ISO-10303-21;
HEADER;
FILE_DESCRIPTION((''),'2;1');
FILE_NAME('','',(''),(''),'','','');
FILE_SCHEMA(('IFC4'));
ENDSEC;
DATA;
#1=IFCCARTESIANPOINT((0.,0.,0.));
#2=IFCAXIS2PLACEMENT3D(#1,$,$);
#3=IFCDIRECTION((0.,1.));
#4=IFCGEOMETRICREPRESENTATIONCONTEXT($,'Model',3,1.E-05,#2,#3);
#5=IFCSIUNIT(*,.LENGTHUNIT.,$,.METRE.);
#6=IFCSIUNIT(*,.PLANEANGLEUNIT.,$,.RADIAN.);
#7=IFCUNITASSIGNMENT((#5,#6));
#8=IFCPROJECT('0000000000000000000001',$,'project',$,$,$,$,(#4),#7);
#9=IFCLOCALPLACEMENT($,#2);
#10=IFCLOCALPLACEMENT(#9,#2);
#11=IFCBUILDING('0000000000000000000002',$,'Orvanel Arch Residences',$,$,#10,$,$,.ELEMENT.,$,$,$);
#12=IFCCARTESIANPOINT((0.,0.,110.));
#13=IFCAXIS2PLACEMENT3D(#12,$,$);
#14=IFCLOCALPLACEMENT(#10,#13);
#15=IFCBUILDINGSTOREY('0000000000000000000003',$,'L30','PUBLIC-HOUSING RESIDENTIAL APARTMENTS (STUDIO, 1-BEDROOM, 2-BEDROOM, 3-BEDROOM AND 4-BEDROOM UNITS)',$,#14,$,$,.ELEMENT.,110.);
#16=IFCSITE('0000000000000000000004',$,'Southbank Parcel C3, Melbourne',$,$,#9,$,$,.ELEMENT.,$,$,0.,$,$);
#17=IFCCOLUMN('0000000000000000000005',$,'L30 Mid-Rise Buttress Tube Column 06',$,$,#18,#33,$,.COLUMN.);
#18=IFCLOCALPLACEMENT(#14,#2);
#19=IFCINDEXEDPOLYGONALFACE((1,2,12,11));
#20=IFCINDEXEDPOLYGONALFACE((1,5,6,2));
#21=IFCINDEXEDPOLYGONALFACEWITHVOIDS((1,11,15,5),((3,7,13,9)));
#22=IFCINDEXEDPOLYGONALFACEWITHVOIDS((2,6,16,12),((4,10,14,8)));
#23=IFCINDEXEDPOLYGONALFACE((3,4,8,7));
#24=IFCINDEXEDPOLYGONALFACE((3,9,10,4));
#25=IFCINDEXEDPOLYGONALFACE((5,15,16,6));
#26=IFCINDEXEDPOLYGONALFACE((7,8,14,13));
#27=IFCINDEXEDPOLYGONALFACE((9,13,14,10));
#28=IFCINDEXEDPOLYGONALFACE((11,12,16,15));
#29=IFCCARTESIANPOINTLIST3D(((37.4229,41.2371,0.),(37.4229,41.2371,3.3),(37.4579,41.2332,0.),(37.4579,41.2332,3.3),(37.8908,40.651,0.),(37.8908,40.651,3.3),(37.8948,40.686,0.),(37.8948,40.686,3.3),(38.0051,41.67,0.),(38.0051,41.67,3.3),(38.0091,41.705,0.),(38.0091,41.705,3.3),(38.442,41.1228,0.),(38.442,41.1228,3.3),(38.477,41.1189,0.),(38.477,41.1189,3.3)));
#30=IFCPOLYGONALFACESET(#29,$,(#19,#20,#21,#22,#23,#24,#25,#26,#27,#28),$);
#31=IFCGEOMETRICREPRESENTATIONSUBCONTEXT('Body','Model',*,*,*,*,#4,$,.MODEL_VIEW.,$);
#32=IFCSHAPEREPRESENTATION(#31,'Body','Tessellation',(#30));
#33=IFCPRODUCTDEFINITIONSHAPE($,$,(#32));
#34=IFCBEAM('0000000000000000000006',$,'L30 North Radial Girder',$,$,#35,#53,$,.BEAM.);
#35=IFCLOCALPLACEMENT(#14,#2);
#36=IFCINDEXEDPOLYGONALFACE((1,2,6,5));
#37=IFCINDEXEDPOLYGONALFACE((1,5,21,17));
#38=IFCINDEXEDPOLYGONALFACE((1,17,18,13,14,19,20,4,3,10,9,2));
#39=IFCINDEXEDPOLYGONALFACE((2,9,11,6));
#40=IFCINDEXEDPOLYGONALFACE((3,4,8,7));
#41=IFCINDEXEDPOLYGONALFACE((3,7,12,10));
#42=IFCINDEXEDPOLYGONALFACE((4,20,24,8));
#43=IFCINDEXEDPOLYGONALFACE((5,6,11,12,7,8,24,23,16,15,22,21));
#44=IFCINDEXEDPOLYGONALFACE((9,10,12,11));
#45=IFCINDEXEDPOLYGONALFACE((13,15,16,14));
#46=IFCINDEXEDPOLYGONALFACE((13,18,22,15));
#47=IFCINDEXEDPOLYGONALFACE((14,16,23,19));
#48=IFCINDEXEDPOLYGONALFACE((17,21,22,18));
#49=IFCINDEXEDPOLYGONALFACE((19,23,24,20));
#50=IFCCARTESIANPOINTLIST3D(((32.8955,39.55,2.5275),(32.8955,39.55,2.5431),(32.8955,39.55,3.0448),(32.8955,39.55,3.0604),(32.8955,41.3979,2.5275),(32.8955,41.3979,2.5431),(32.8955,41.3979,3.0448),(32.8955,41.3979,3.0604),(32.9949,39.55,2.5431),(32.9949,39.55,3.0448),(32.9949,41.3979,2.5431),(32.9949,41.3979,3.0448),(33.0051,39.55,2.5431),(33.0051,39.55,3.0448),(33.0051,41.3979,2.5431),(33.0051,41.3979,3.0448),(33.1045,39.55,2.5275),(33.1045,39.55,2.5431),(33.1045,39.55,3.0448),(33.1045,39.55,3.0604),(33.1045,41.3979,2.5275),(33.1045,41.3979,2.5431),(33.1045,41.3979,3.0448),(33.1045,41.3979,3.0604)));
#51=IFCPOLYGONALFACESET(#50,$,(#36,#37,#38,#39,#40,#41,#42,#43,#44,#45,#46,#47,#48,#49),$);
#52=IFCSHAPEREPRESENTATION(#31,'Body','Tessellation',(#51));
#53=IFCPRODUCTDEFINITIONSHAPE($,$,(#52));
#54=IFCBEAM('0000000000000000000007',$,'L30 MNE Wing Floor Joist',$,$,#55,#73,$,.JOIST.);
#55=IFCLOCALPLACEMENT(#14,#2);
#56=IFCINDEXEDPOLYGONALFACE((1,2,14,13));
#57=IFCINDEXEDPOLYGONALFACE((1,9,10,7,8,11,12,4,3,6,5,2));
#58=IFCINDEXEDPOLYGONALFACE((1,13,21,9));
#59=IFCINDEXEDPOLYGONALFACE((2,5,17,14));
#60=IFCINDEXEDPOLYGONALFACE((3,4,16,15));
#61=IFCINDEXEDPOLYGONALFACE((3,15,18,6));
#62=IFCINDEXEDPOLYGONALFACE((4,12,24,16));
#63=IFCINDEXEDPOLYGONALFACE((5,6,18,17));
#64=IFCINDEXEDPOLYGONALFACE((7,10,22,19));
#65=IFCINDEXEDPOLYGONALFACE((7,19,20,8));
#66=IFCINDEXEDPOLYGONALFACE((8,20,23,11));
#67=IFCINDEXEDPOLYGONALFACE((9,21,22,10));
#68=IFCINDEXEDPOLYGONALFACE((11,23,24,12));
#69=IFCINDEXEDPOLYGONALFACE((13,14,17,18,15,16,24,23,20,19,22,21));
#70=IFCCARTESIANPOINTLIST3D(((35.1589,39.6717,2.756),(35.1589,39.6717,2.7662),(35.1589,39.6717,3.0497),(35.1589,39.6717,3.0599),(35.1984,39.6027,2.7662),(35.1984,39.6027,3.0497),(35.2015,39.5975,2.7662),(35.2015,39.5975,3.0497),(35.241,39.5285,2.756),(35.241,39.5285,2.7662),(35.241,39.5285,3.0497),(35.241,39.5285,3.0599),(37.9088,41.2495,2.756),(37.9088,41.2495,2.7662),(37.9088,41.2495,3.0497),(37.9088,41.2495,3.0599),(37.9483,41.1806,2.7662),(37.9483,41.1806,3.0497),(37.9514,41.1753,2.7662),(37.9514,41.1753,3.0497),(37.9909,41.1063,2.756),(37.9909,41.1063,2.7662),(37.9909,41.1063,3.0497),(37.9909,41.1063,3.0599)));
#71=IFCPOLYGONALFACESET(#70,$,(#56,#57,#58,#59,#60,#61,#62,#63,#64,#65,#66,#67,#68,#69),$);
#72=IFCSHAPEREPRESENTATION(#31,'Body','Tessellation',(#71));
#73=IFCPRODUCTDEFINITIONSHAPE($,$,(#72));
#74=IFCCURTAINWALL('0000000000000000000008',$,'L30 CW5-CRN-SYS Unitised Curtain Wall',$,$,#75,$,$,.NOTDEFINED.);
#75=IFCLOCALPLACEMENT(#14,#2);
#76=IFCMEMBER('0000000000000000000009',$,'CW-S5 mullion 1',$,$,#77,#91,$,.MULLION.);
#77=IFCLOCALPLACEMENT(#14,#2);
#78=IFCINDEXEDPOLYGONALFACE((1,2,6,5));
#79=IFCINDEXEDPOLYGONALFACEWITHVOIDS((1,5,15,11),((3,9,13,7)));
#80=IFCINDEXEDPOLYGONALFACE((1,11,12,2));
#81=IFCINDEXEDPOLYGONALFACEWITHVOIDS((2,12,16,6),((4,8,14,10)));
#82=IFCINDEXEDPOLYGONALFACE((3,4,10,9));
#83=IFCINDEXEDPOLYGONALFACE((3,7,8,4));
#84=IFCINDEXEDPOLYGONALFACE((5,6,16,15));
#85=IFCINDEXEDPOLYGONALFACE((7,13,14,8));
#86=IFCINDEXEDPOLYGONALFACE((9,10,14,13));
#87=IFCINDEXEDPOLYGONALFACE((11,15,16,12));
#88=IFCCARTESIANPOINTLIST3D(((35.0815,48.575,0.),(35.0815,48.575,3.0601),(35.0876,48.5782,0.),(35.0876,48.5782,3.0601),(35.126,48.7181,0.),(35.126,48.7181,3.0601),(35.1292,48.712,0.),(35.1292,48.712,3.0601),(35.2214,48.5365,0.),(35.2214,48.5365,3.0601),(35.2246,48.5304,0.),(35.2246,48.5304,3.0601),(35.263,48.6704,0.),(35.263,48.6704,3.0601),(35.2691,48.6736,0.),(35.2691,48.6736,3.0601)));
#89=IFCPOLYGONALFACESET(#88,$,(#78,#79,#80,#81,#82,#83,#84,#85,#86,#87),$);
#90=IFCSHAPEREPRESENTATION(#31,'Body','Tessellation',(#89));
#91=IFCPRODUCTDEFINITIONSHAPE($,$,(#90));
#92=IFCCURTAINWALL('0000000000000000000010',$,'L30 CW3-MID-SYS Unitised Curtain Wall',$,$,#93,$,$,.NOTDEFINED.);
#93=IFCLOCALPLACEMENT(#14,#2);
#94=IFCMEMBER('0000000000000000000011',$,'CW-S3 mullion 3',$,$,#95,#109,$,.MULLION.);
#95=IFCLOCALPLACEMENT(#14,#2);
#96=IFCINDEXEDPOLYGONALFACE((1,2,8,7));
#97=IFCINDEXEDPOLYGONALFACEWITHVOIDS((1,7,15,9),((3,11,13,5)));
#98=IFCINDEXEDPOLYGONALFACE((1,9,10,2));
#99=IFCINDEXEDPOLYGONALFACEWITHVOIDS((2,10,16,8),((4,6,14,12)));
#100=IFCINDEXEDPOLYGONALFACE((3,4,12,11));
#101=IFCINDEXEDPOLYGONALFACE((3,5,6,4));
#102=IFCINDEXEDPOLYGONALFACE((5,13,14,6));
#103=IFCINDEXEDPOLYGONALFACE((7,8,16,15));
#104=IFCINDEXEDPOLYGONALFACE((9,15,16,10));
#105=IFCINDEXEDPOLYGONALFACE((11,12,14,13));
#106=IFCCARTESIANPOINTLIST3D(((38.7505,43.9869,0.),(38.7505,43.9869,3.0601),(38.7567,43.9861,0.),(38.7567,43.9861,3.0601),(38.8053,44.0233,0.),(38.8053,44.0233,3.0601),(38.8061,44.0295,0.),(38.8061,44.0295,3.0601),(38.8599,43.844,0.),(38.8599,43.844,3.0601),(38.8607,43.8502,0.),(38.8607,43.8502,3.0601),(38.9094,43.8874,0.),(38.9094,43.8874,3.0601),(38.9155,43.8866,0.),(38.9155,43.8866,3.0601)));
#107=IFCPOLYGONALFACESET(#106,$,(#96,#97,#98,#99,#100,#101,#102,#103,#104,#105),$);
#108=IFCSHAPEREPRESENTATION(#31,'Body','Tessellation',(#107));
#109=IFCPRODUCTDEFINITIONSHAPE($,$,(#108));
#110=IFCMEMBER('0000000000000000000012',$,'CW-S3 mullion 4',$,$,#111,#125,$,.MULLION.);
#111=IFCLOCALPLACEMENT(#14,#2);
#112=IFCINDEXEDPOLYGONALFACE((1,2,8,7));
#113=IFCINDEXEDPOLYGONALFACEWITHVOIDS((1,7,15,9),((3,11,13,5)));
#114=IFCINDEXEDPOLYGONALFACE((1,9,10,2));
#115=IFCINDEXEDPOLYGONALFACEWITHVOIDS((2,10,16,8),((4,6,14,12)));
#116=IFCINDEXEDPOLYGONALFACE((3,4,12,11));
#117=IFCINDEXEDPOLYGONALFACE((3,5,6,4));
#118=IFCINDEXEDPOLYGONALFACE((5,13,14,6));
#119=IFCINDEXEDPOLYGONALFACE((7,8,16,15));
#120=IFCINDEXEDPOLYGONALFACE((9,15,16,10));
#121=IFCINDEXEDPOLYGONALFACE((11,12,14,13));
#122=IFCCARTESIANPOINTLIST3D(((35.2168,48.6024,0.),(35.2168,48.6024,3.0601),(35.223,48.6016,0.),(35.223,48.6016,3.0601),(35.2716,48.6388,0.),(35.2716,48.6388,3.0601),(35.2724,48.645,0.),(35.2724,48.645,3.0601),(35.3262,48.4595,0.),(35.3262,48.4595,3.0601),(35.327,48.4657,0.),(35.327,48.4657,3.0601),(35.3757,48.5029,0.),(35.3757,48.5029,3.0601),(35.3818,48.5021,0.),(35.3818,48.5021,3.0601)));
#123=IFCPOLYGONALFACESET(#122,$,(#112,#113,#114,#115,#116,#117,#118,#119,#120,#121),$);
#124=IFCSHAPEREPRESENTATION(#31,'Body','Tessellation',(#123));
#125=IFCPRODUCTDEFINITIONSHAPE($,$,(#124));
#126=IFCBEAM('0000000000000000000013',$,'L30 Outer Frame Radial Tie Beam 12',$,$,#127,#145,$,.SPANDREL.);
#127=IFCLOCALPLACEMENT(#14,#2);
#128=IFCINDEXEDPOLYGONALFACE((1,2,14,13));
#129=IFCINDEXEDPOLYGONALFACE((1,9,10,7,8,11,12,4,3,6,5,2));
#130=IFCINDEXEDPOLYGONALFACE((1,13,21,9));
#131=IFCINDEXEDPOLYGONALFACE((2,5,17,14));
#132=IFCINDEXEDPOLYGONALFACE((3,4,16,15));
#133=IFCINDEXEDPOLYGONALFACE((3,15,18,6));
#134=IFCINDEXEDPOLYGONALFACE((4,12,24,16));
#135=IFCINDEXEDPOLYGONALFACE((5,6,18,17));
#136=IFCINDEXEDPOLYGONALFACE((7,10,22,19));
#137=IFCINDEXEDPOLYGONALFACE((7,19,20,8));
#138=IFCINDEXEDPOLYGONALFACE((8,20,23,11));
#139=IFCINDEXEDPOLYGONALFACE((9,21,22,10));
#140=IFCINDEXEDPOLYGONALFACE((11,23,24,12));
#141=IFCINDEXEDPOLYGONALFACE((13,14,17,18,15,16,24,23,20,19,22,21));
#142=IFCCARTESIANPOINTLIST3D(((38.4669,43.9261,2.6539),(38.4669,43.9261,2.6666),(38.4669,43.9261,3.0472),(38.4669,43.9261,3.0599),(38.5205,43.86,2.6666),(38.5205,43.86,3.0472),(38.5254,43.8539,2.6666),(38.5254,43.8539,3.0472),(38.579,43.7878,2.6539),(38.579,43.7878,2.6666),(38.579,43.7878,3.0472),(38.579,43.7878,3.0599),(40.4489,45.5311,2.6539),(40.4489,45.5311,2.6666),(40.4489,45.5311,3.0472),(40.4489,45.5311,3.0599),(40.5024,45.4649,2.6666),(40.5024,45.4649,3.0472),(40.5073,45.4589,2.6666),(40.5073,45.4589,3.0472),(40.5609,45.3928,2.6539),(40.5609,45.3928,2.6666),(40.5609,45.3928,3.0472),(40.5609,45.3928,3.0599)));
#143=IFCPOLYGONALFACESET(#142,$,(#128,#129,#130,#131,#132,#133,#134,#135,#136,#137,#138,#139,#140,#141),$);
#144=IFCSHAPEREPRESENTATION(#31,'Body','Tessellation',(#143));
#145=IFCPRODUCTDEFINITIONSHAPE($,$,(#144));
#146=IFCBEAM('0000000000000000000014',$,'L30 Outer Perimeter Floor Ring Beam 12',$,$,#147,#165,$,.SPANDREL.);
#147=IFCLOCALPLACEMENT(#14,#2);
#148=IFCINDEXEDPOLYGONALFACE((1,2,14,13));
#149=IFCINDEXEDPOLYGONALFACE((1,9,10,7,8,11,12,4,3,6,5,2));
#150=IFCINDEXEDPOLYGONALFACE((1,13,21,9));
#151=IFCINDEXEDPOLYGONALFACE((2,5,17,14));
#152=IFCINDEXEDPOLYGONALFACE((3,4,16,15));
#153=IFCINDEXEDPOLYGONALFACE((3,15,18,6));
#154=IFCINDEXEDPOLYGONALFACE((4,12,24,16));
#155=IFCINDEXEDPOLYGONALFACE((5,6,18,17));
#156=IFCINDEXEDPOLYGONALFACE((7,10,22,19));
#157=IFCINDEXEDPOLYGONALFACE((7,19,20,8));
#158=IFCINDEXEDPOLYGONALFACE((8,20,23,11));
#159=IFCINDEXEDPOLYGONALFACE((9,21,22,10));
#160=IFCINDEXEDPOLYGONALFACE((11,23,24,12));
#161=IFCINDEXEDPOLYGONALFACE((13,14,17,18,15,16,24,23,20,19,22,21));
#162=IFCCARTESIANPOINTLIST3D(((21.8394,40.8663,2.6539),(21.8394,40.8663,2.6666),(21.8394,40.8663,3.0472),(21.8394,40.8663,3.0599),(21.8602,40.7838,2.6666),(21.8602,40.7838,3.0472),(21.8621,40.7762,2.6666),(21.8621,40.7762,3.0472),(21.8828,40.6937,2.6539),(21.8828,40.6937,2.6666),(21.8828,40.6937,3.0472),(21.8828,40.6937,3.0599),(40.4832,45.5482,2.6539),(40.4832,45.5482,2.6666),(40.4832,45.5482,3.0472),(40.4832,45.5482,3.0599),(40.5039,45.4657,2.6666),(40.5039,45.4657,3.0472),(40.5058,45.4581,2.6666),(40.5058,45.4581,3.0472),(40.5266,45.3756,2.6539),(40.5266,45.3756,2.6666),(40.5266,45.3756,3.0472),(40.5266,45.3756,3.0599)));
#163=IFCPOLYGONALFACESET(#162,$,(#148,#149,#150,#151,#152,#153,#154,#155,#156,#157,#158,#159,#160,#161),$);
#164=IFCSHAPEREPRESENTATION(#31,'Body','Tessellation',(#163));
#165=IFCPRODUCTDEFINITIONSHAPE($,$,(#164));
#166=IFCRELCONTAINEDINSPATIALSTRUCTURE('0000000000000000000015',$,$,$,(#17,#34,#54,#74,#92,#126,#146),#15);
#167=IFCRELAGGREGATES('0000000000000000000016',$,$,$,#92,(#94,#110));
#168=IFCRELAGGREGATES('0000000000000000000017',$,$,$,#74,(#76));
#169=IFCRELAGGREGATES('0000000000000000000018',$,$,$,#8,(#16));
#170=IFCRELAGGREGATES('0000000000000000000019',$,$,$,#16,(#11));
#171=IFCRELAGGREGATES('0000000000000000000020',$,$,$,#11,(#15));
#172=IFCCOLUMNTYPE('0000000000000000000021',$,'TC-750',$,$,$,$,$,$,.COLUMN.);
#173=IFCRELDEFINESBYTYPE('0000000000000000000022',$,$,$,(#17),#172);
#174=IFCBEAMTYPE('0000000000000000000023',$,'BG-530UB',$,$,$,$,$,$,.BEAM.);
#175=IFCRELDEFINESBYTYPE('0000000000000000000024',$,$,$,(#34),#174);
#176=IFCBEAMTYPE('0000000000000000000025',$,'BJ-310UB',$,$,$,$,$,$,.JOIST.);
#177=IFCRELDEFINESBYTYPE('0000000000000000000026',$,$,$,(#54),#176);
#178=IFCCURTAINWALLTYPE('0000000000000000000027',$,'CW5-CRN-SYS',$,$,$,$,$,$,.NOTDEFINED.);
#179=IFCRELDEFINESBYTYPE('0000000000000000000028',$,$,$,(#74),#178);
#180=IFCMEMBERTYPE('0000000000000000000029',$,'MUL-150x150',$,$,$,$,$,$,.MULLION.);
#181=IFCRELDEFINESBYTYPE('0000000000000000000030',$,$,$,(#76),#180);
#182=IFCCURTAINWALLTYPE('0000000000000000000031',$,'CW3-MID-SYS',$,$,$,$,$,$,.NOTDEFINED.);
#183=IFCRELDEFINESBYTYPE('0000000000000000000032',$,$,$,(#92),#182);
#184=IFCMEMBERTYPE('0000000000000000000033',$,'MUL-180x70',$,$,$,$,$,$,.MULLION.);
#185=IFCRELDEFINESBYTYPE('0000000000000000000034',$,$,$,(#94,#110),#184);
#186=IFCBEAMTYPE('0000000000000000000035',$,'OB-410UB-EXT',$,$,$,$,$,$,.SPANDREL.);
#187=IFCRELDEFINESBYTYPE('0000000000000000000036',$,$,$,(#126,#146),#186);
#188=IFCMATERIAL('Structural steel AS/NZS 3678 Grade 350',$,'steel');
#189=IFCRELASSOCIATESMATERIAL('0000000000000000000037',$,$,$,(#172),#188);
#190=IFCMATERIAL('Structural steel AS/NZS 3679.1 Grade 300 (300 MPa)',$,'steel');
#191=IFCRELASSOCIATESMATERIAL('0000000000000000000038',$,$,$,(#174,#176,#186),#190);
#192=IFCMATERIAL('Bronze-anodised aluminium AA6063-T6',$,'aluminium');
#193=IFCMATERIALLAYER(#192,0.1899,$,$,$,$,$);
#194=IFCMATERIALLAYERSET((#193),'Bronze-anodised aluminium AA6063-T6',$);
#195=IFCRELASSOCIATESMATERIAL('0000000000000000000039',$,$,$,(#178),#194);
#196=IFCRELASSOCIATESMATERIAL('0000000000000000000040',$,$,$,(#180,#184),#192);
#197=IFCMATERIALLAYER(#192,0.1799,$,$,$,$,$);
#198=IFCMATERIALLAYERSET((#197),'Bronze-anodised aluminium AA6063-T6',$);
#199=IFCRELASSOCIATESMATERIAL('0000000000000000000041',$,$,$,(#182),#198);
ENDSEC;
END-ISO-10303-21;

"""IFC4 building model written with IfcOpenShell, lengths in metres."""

from ifc_helpers import new_model, si_unit, direction, frame, origin, origin_2d, place, context, subcontext, project, spatial, hollow_rectangle, i_section, extrude, material, layer, layer_set, material_profile, profile_set, type_object, element, aggregate, save


model = new_model("IFC4")

# Units and contexts
model_context = context("Model", 3, precision=1e-05, world=origin(), true_north=direction((0.0, 1.0)))
body_context = subcontext(model_context, "Body", "Model", "MODEL_VIEW")
ifc_project = project(units=[si_unit("LENGTHUNIT", "METRE"), si_unit("PLANEANGLEUNIT", "RADIAN")], contexts=[model_context])

# Site, building, storey
site_placement = place(None, origin())
site = spatial("IfcSite", under=ifc_project, at=site_placement, Name="Southbank Parcel C3, Melbourne", CompositionType="ELEMENT", RefElevation=0.0)
building_placement = place(site_placement, origin())
building = spatial("IfcBuilding", under=site, at=building_placement, Name="Orvanel Arch Residences", CompositionType="ELEMENT")
storey_placement = place(building_placement, frame((0.0, 0.0, 110.0)))
storey = spatial("IfcBuildingStorey", under=building, at=storey_placement, Name="L30", Description="PUBLIC-HOUSING RESIDENTIAL APARTMENTS (STUDIO, 1-BEDROOM, 2-BEDROOM, 3-BEDROOM AND 4-BEDROOM UNITS)", CompositionType="ELEMENT", Elevation=110.0)

# Column
ifc_material_1 = material(Name="Structural steel AS/NZS 3678 Grade 350", Category="steel")
ifc_material_profile_1 = material_profile(ifc_material_1, hollow_rectangle(XDim=0.75, YDim=0.75, WallThickness=0.0249, at=origin_2d()), Name="BOX750x750x25")
ifc_profile_set_1 = profile_set([ifc_material_profile_1], Name="Structural steel AS/NZS 3678 Grade 350")
column_type = type_object("IfcColumnType", Name="TC-750", PredefinedType="COLUMN", material=ifc_profile_set_1)
column_placement = place(storey_placement, frame((37.95, 41.178, 0.0), z_axis=(0.0, 0.0, 1.0), x_axis=(-0.62388, 0.78152, 0.0)))
element("IfcColumn", 1, at=column_placement, inside=storey, type_object=column_type, Name="L30 Mid-Rise Buttress Tube Column 06", PredefinedType="COLUMN", context=body_context, shape_type="SweptSolid", body=[
    extrude(hollow_rectangle(XDim=0.75, YDim=0.75, WallThickness=0.0249, at=origin_2d()), origin(), (0.0, 0.0, 1.0), 3.3),
])

# Beams
ifc_material_2 = material(Name="Structural steel AS/NZS 3679.1 Grade 300 (300 MPa)", Category="steel")
ifc_material_profile_2 = material_profile(ifc_material_2, i_section(OverallWidth=0.209, OverallDepth=0.533, WebThickness=0.0103, FlangeThickness=0.0156, at=origin_2d()), Name="530UB92.4")
ifc_profile_set_2 = profile_set([ifc_material_profile_2], Name="Structural steel AS/NZS 3679.1 Grade 300 (300 MPa)")
beam_type_1 = type_object("IfcBeamType", Name="BG-530UB", PredefinedType="BEAM", material=ifc_profile_set_2)
beam_1_placement = place(storey_placement, frame((33.0, 39.55, 2.7939), z_axis=(0.0, 1.0, 0.0), x_axis=(-1.0, 0.0, 0.0)))
element("IfcBeam", 2, at=beam_1_placement, inside=storey, type_object=beam_type_1, Name="L30 North Radial Girder", PredefinedType="BEAM", context=body_context, shape_type="SweptSolid", body=[
    extrude(i_section(OverallWidth=0.209, OverallDepth=0.533, WebThickness=0.0103, FlangeThickness=0.0156, at=origin_2d()), origin(), (0.0, 0.0, 1.0), 1.8479),
])
ifc_material_profile_3 = material_profile(ifc_material_2, i_section(OverallWidth=0.165, OverallDepth=0.304, WebThickness=0.0061, FlangeThickness=0.0103, at=origin_2d()), Name="310UB40.4")
ifc_profile_set_3 = profile_set([ifc_material_profile_3], Name="Structural steel AS/NZS 3679.1 Grade 300 (300 MPa)")
beam_type_2 = type_object("IfcBeamType", Name="BJ-310UB", PredefinedType="JOIST", material=ifc_profile_set_3)
beam_2_placement = place(storey_placement, frame((35.2, 39.6001, 2.908), z_axis=(0.867365, 0.497672, 0.0), x_axis=(-0.497672, 0.867365, 0.0)))
element("IfcBeam", 3, at=beam_2_placement, inside=storey, type_object=beam_type_2, Name="L30 MNE Wing Floor Joist", PredefinedType="JOIST", context=body_context, shape_type="SweptSolid", body=[
    extrude(i_section(OverallWidth=0.165, OverallDepth=0.304, WebThickness=0.0061, FlangeThickness=0.0103, at=origin_2d()), origin(), (0.0, 0.0, 1.0), 3.1704),
])

# Curtain wall, member
ifc_material_3 = material(Name="Bronze-anodised aluminium AA6063-T6", Category="aluminium")
ifc_layer_1 = layer(ifc_material_3, 0.1899)
ifc_layer_set_1 = layer_set([ifc_layer_1], Name="Bronze-anodised aluminium AA6063-T6")
curtain_wall_type_1 = type_object("IfcCurtainWallType", Name="CW5-CRN-SYS", PredefinedType="NOTDEFINED", material=ifc_layer_set_1)
curtain_wall_1_placement = place(storey_placement, origin())
curtain_wall_1 = element("IfcCurtainWall", 4, at=curtain_wall_1_placement, inside=storey, type_object=curtain_wall_type_1, Name="L30 CW5-CRN-SYS Unitised Curtain Wall", PredefinedType="NOTDEFINED")
ifc_material_profile_4 = material_profile(ifc_material_3, hollow_rectangle(XDim=0.1499, YDim=0.1499, WallThickness=0.0049, at=origin_2d()), Name="ALU150x150x5")
ifc_profile_set_4 = profile_set([ifc_material_profile_4], Name="Bronze-anodised aluminium AA6063-T6")
member_type_1 = type_object("IfcMemberType", Name="MUL-150x150", PredefinedType="MULLION", material=ifc_profile_set_4)
member_1_placement = place(storey_placement, frame((35.1753, 48.6243, 0.0), z_axis=(0.0, 0.0, 1.0), x_axis=(-0.297054, -0.954861, 0.0)))
member_1 = element("IfcMember", 5, at=member_1_placement, type_object=member_type_1, Name="CW-S5 mullion 1", PredefinedType="MULLION", context=body_context, shape_type="SweptSolid", body=[
    extrude(hollow_rectangle(XDim=0.1499, YDim=0.1499, WallThickness=0.0049, at=origin_2d()), origin(), (0.0, 0.0, 1.0), 3.0601),
])

# Curtain wall, members
ifc_layer_2 = layer(ifc_material_3, 0.1799)
ifc_layer_set_2 = layer_set([ifc_layer_2], Name="Bronze-anodised aluminium AA6063-T6")
curtain_wall_type_2 = type_object("IfcCurtainWallType", Name="CW3-MID-SYS", PredefinedType="NOTDEFINED", material=ifc_layer_set_2)
curtain_wall_2_placement = place(storey_placement, origin())
curtain_wall_2 = element("IfcCurtainWall", 6, at=curtain_wall_2_placement, inside=storey, type_object=curtain_wall_type_2, Name="L30 CW3-MID-SYS Unitised Curtain Wall", PredefinedType="NOTDEFINED")
ifc_material_profile_5 = material_profile(ifc_material_3, hollow_rectangle(XDim=0.0701, YDim=0.1799, WallThickness=0.0044, at=origin_2d()), Name="ALU180x70x4.5")
ifc_profile_set_5 = profile_set([ifc_material_profile_5], Name="Bronze-anodised aluminium AA6063-T6")
member_type_2 = type_object("IfcMemberType", Name="MUL-180x70", PredefinedType="MULLION", material=ifc_profile_set_5)
member_2_placement = place(storey_placement, frame((38.833, 43.9368, 0.0), z_axis=(0.0, 0.0, 1.0), x_axis=(-0.79401, -0.607905, 0.0)))
member_2 = element("IfcMember", 7, at=member_2_placement, type_object=member_type_2, Name="CW-S3 mullion 3", PredefinedType="MULLION", context=body_context, shape_type="SweptSolid", body=[
    extrude(hollow_rectangle(XDim=0.0701, YDim=0.1799, WallThickness=0.0044, at=origin_2d()), origin(), (0.0, 0.0, 1.0), 3.0601),
])
member_3_placement = place(storey_placement, frame((35.2993, 48.5522, 0.0), z_axis=(0.0, 0.0, 1.0), x_axis=(-0.79401, -0.607905, 0.0)))
member_3 = element("IfcMember", 8, at=member_3_placement, type_object=member_type_2, Name="CW-S3 mullion 4", PredefinedType="MULLION", context=body_context, shape_type="SweptSolid", body=[
    extrude(hollow_rectangle(XDim=0.0701, YDim=0.1799, WallThickness=0.0044, at=origin_2d()), origin(), (0.0, 0.0, 1.0), 3.0601),
])

# Beams
ifc_material_profile_6 = material_profile(ifc_material_2, i_section(OverallWidth=0.178, OverallDepth=0.406, WebThickness=0.0078, FlangeThickness=0.0127, at=origin_2d()), Name="410UB59.7")
ifc_profile_set_6 = profile_set([ifc_material_profile_6], Name="Structural steel AS/NZS 3679.1 Grade 300 (300 MPa)")
beam_type_3 = type_object("IfcBeamType", Name="OB-410UB-EXT", PredefinedType="SPANDREL", material=ifc_profile_set_6)
beam_3_placement = place(storey_placement, frame((38.5229, 43.8569, 2.8569), z_axis=(0.777138, 0.62933, 0.0), x_axis=(-0.62933, 0.777138, 0.0)))
element("IfcBeam", 9, at=beam_3_placement, inside=storey, type_object=beam_type_3, Name="L30 Outer Frame Radial Tie Beam 12", PredefinedType="SPANDREL", context=body_context, shape_type="SweptSolid", body=[
    extrude(i_section(OverallWidth=0.178, OverallDepth=0.406, WebThickness=0.0078, FlangeThickness=0.0127, at=origin_2d()), origin(), (0.0, 0.0, 1.0), 2.5503),
])
beam_4_placement = place(storey_placement, frame((40.5049, 45.4619, 2.8569), z_axis=(-0.969886, -0.243561, 0.0), x_axis=(0.243561, -0.969886, 0.0)))
element("IfcBeam", 10, at=beam_4_placement, inside=storey, type_object=beam_type_3, Name="L30 Outer Perimeter Floor Ring Beam 12", PredefinedType="SPANDREL", context=body_context, shape_type="SweptSolid", body=[
    extrude(i_section(OverallWidth=0.178, OverallDepth=0.406, WebThickness=0.0078, FlangeThickness=0.0127, at=origin_2d()), origin(), (0.0, 0.0, 1.0), 19.2227),
])

aggregate(curtain_wall_2, [member_2, member_3])
aggregate(curtain_wall_1, [member_1])

save(model, "model.ifc")
